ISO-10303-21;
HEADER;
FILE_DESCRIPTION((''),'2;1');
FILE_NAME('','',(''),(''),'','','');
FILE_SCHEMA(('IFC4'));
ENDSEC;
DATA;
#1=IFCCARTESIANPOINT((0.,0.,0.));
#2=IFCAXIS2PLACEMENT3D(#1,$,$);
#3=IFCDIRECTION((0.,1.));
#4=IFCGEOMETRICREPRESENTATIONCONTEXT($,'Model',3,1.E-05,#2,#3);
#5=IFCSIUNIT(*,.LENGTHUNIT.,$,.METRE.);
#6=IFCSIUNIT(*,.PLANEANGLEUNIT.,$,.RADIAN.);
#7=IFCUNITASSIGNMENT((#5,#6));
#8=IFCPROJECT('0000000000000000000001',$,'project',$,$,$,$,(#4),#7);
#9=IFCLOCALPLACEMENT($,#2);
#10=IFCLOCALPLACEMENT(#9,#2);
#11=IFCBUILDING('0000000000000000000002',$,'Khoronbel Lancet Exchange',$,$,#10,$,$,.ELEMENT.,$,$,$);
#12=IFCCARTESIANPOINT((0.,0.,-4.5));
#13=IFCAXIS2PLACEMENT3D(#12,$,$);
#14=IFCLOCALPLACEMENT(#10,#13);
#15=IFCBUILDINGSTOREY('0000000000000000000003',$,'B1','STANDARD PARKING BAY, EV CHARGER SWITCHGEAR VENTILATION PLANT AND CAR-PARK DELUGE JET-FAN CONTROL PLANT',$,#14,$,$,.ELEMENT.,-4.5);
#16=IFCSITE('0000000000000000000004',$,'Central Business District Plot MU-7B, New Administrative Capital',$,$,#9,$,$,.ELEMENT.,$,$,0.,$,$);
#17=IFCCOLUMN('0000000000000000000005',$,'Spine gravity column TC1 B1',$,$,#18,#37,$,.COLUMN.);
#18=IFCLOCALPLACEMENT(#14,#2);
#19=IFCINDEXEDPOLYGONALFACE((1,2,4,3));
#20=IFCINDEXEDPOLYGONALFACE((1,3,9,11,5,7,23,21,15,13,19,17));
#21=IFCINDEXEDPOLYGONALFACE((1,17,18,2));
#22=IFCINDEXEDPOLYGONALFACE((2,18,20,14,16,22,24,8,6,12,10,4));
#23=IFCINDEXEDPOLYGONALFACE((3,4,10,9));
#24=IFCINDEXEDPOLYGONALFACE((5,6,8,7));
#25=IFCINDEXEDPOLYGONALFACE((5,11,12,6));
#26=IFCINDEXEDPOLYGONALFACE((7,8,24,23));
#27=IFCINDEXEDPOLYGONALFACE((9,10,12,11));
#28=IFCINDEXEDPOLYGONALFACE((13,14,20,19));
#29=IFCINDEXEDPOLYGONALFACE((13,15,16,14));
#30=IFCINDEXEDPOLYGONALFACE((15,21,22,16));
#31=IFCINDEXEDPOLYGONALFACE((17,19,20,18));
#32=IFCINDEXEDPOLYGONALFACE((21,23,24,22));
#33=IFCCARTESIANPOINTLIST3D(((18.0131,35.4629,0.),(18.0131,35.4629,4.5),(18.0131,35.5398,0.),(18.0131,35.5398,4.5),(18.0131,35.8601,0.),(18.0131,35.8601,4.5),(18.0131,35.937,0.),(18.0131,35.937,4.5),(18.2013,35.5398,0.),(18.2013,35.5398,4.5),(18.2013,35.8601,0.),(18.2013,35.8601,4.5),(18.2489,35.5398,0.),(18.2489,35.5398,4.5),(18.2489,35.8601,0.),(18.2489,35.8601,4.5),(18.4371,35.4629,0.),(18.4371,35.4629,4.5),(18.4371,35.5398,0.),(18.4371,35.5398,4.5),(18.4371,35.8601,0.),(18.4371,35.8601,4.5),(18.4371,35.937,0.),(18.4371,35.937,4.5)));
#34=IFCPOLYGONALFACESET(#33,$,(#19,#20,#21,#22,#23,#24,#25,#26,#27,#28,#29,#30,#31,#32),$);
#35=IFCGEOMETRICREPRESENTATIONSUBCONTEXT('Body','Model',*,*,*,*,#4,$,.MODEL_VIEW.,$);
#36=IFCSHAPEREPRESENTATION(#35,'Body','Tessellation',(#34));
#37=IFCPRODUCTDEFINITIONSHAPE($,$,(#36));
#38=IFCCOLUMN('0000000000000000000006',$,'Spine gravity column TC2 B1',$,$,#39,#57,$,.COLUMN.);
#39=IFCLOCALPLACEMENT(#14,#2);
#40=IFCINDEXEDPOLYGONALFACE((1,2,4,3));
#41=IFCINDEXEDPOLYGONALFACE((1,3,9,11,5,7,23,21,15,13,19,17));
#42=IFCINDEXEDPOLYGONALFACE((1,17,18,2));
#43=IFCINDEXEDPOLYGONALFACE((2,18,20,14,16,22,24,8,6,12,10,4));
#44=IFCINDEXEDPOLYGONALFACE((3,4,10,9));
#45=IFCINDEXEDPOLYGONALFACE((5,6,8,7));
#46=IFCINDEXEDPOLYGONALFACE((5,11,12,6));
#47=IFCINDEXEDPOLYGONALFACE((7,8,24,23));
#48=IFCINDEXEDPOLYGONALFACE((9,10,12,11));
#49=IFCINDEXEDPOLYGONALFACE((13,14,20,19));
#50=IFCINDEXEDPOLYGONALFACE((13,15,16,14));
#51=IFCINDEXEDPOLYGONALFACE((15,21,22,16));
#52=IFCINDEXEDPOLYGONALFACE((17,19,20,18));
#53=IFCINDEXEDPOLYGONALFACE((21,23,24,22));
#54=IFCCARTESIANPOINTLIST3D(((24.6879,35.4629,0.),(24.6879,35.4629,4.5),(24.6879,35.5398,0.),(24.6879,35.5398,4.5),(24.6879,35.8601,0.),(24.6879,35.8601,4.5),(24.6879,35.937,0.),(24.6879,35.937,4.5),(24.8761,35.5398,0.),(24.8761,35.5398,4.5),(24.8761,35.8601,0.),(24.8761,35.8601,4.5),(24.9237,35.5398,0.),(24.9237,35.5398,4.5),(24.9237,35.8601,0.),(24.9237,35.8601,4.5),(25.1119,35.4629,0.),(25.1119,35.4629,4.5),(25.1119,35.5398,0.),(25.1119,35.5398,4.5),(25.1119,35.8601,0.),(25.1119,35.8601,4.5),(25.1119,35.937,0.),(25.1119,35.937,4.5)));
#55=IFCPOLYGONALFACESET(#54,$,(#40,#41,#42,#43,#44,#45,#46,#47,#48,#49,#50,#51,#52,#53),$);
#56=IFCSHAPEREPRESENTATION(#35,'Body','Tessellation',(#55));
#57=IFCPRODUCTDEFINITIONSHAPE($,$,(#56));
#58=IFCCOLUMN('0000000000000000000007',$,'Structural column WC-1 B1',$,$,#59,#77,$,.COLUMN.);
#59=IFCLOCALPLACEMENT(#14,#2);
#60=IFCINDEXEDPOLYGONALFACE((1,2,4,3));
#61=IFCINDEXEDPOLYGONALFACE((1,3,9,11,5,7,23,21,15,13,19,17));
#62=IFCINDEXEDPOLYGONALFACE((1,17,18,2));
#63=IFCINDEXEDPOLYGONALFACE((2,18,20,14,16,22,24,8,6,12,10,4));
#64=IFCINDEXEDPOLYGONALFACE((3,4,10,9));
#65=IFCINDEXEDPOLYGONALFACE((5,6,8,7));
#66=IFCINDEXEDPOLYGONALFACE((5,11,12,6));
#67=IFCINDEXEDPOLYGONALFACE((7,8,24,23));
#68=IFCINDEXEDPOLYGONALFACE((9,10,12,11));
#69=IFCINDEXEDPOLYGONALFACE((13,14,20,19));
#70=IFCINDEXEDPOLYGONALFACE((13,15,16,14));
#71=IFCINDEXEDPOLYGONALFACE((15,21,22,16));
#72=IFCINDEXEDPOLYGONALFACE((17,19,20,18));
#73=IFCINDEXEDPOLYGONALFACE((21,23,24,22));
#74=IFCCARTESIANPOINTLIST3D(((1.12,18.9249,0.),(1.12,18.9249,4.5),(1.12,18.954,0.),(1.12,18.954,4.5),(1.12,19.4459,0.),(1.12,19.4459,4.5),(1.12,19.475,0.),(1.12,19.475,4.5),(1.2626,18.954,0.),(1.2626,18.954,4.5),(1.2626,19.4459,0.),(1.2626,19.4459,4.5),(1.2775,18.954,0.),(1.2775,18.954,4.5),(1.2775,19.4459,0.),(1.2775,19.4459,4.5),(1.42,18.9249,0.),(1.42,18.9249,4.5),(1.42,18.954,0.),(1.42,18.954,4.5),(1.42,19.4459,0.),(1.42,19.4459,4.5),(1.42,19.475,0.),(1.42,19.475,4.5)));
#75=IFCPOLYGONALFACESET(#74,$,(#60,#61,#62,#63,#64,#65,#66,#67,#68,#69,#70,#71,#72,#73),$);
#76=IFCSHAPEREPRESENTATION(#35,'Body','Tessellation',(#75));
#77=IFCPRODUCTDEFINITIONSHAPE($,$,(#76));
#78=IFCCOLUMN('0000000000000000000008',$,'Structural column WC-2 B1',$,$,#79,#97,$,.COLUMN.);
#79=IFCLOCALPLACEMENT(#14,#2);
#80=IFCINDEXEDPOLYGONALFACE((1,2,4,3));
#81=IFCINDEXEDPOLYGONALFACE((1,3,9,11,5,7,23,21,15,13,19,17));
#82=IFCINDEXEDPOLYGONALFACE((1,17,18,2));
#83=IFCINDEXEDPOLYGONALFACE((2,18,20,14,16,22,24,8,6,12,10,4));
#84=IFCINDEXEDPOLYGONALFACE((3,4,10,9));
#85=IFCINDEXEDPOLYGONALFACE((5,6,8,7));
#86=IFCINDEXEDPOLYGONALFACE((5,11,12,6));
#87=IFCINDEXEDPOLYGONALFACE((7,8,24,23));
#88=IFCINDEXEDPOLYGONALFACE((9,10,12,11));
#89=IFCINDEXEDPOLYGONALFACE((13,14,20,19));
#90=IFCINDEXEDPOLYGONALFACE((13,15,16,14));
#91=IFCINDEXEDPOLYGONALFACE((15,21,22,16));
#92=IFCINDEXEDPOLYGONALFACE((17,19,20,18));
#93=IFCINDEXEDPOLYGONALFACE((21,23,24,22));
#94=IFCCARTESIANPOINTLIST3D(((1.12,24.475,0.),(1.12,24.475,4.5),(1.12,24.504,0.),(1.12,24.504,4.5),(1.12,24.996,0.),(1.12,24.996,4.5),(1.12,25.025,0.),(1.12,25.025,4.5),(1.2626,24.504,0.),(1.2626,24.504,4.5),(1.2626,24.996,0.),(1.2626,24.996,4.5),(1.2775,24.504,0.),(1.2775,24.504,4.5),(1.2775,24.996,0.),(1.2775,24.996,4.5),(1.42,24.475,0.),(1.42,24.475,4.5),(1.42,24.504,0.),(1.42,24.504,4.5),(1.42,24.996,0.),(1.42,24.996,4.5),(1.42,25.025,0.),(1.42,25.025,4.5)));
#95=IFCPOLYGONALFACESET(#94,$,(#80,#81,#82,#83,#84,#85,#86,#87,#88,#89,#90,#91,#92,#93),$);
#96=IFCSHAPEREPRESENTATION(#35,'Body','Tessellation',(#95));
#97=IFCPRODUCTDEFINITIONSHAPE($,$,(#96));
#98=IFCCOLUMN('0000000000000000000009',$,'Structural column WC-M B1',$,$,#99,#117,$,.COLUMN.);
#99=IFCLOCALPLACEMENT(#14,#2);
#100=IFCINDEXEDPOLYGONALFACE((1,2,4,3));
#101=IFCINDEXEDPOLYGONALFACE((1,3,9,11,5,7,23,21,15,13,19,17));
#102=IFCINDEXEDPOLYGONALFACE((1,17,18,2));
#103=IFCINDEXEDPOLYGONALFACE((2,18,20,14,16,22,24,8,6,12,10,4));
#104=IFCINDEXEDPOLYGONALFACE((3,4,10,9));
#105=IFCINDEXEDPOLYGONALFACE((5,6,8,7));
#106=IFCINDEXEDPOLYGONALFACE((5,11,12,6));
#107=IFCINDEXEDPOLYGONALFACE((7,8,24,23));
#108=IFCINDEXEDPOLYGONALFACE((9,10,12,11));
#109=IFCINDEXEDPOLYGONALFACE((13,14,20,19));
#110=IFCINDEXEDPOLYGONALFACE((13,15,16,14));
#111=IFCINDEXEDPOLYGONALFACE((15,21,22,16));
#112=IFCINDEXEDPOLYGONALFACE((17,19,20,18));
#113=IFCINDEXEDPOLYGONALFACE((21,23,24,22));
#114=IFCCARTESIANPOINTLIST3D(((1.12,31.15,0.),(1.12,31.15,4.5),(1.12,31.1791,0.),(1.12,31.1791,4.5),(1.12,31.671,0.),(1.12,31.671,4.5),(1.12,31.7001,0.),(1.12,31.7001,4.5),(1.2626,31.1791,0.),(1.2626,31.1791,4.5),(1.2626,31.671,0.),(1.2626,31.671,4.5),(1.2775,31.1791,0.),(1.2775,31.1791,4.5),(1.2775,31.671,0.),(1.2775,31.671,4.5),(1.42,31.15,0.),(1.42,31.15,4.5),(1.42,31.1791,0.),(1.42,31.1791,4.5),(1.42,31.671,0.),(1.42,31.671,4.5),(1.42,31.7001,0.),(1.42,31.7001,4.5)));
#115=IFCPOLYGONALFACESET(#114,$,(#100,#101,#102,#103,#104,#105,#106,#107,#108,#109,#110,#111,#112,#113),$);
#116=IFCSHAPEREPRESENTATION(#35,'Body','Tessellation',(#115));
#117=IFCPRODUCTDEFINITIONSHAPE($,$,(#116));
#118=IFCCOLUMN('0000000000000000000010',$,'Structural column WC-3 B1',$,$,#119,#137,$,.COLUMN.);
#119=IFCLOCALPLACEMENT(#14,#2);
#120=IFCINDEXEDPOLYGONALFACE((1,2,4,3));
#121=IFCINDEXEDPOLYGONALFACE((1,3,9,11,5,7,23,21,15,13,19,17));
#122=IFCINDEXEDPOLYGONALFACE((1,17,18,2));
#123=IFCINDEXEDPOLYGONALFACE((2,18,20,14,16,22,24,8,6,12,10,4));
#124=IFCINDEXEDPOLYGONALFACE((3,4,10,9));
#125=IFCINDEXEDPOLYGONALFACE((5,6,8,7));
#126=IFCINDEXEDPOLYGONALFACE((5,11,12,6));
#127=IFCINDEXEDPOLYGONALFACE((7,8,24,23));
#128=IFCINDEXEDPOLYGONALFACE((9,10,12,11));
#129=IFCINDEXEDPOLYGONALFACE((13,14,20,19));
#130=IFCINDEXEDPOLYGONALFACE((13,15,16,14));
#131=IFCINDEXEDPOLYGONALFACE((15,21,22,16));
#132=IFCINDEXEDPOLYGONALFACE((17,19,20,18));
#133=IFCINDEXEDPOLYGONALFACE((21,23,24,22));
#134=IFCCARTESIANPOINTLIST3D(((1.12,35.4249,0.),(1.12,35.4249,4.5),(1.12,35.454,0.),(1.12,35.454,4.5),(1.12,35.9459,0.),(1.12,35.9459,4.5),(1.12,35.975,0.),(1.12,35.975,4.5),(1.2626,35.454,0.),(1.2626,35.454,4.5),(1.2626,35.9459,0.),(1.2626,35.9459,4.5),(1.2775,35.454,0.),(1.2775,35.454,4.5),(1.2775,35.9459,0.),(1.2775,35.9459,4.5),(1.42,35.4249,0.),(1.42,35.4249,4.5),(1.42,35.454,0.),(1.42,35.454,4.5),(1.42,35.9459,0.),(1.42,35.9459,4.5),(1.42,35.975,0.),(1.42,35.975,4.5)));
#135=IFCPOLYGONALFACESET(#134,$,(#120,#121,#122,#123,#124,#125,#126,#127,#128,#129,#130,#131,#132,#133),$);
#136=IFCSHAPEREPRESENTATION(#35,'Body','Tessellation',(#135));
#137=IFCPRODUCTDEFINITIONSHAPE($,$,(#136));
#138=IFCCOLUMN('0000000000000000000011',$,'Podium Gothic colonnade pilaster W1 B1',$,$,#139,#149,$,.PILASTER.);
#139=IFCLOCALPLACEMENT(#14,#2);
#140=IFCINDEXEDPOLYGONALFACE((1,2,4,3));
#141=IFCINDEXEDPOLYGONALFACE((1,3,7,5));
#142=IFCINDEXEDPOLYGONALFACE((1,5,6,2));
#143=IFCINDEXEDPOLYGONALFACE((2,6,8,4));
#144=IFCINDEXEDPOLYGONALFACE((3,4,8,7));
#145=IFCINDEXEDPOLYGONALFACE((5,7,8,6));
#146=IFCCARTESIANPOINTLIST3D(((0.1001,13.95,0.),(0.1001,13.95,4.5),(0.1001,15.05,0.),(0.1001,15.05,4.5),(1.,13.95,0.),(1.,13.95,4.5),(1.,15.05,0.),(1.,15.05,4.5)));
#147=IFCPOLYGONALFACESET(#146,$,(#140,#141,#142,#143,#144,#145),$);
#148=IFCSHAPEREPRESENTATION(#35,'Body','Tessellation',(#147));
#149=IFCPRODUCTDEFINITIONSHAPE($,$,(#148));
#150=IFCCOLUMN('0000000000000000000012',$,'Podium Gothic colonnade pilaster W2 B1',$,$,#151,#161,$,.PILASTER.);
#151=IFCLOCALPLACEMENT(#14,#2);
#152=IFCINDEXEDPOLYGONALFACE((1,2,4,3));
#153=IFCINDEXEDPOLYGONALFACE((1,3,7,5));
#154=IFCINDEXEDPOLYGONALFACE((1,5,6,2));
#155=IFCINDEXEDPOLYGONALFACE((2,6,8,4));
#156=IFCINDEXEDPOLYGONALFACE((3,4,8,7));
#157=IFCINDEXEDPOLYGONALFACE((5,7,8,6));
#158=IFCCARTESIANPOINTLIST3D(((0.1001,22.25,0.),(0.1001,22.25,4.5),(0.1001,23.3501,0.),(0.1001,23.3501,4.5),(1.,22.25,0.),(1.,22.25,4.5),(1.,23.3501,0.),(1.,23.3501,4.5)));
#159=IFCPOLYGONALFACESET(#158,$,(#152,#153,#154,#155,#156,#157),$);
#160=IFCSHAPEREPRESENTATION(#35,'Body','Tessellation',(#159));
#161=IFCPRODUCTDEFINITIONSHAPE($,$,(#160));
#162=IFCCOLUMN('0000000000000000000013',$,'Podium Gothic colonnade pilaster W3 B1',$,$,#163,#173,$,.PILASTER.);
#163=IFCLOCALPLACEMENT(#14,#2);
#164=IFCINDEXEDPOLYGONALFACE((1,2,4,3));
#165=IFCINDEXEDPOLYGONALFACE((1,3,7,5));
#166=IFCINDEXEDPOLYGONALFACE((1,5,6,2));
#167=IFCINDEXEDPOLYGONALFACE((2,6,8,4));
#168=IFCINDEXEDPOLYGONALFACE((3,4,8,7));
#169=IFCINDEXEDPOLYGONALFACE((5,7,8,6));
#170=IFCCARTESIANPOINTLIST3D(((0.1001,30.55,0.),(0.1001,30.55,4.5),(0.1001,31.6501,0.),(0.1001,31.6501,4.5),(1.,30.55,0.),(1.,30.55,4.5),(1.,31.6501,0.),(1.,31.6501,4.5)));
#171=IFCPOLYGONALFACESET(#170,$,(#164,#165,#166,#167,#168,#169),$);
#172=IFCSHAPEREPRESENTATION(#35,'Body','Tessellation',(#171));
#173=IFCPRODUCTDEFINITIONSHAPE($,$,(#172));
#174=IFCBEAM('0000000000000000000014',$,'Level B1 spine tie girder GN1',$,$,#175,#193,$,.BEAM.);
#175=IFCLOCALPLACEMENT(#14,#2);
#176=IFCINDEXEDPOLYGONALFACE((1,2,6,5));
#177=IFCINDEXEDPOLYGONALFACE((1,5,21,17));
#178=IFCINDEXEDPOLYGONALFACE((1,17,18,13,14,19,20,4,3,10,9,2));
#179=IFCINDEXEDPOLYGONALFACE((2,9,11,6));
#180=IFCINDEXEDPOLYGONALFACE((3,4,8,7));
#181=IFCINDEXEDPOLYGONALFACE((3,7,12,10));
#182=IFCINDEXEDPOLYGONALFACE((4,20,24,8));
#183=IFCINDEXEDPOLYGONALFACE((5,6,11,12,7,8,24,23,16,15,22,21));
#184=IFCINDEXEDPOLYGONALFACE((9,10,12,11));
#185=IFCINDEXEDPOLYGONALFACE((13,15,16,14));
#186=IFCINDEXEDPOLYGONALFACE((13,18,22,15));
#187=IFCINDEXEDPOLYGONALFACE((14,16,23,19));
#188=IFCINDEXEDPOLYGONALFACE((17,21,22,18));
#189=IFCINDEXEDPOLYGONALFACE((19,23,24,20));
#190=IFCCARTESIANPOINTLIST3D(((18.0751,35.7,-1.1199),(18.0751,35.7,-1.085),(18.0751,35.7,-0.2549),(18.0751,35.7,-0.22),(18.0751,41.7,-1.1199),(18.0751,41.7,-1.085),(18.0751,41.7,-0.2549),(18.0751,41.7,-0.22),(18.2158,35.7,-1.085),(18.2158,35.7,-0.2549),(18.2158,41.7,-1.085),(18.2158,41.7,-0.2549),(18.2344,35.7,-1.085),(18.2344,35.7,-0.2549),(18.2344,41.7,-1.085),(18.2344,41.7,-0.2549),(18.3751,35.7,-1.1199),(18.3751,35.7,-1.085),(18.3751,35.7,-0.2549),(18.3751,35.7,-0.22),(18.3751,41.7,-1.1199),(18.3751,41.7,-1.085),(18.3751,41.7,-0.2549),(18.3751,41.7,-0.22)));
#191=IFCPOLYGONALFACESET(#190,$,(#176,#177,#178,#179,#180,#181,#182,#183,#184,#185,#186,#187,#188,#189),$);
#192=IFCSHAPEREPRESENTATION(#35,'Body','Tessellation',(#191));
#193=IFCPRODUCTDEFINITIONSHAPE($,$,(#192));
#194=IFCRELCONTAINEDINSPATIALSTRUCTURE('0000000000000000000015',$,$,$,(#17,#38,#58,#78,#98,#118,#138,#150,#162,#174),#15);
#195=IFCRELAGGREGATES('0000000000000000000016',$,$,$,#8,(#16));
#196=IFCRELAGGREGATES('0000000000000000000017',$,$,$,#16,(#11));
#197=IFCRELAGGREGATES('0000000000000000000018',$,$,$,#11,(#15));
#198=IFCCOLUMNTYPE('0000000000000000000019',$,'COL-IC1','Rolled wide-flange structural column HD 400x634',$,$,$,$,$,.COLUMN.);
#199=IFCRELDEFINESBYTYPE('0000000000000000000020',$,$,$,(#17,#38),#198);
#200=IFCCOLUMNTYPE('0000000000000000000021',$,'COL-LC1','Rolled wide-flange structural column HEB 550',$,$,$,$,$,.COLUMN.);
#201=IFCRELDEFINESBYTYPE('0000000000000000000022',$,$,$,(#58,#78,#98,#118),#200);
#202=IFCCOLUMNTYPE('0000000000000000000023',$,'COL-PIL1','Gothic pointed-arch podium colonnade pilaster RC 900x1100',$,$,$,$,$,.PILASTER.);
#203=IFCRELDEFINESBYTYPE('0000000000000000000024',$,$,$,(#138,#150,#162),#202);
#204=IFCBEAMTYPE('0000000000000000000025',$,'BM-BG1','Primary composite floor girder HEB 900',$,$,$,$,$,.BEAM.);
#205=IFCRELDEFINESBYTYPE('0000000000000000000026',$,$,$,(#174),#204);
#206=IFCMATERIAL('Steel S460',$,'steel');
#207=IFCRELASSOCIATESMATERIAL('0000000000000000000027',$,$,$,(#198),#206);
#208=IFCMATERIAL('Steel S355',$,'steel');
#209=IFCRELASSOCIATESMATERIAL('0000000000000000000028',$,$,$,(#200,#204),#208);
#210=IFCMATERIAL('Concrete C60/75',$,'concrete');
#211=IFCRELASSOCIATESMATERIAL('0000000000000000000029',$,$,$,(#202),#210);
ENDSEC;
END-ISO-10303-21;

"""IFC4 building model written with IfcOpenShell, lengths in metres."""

from ifc_helpers import new_model, si_unit, direction, frame, origin, origin_2d, place, context, subcontext, project, spatial, rectangle, i_section, extrude, material, material_profile, profile_set, type_object, element, save


model = new_model("IFC4")

# Units and contexts
model_context = context("Model", 3, precision=1e-05, world=origin(), true_north=direction((0.0, 1.0)))
body_context = subcontext(model_context, "Body", "Model", "MODEL_VIEW")
ifc_project = project(units=[si_unit("LENGTHUNIT", "METRE"), si_unit("PLANEANGLEUNIT", "RADIAN")], contexts=[model_context])

# Site, building, storey
site_placement = place(None, origin())
site = spatial("IfcSite", under=ifc_project, at=site_placement, Name="Central Business District Plot MU-7B, New Administrative Capital", CompositionType="ELEMENT", RefElevation=0.0)
building_placement = place(site_placement, origin())
building = spatial("IfcBuilding", under=site, at=building_placement, Name="Khoronbel Lancet Exchange", CompositionType="ELEMENT")
storey_placement = place(building_placement, frame((0.0, 0.0, -4.5)))
storey = spatial("IfcBuildingStorey", under=building, at=storey_placement, Name="B1", Description="STANDARD PARKING BAY, EV CHARGER SWITCHGEAR VENTILATION PLANT AND CAR-PARK DELUGE JET-FAN CONTROL PLANT", CompositionType="ELEMENT", Elevation=-4.5)

# Columns
ifc_material_1 = material(Name="Steel S460", Category="steel")
ifc_material_profile_1 = material_profile(ifc_material_1, i_section(OverallWidth=0.4241, OverallDepth=0.4741, WebThickness=0.0476, FlangeThickness=0.0769, at=origin_2d()), Name="HD 400x634")
ifc_profile_set_1 = profile_set([ifc_material_profile_1], Name="Steel S460")
column_type_1 = type_object("IfcColumnType", Name="COL-IC1", Description="Rolled wide-flange structural column HD 400x634", PredefinedType="COLUMN", material=ifc_profile_set_1)
for number, where, z_axis, x_axis, name in (
    (1, (18.2251, 35.7, 0.0), (0.0, 0.0, 1.0), (1.0, 0.0, 0.0), "Spine gravity column TC1 B1"),
    (2, (24.8999, 35.7, 0.0), (0.0, 0.0, 1.0), (1.0, 0.0, 0.0), "Spine gravity column TC2 B1"),
):
    element("IfcColumn", number, at=place(storey_placement, frame(where, z_axis=z_axis, x_axis=x_axis)), inside=storey, type_object=column_type_1, Name=name, PredefinedType="COLUMN", context=body_context, shape_type="SweptSolid", body=[
        extrude(i_section(OverallWidth=0.4241, OverallDepth=0.4741, WebThickness=0.0476, FlangeThickness=0.0769, at=origin_2d()), origin(), (0.0, 0.0, 1.0), 4.5),
    ])
ifc_material_2 = material(Name="Steel S355", Category="steel")
ifc_material_profile_2 = material_profile(ifc_material_2, i_section(OverallWidth=0.3, OverallDepth=0.55, WebThickness=0.0149, FlangeThickness=0.0291, at=origin_2d()), Name="HEB 550")
ifc_profile_set_2 = profile_set([ifc_material_profile_2], Name="Steel S355")
column_type_2 = type_object("IfcColumnType", Name="COL-LC1", Description="Rolled wide-flange structural column HEB 550", PredefinedType="COLUMN", material=ifc_profile_set_2)
for number, where, z_axis, x_axis, name in (
    (3, (1.27, 19.2, 0.0), (0.0, 0.0, 1.0), (1.0, 0.0, 0.0), "Structural column WC-1 B1"),
    (4, (1.27, 24.75, 0.0), (0.0, 0.0, 1.0), (1.0, 0.0, 0.0), "Structural column WC-2 B1"),
    (5, (1.27, 31.425, 0.0), (0.0, 0.0, 1.0), (1.0, 0.0, 0.0), "Structural column WC-M B1"),
    (6, (1.27, 35.7, 0.0), (0.0, 0.0, 1.0), (1.0, 0.0, 0.0), "Structural column WC-3 B1"),
):
    element("IfcColumn", number, at=place(storey_placement, frame(where, z_axis=z_axis, x_axis=x_axis)), inside=storey, type_object=column_type_2, Name=name, PredefinedType="COLUMN", context=body_context, shape_type="SweptSolid", body=[
        extrude(i_section(OverallWidth=0.3, OverallDepth=0.55, WebThickness=0.0149, FlangeThickness=0.0291, at=origin_2d()), origin(), (0.0, 0.0, 1.0), 4.5),
    ])
ifc_material_3 = material(Name="Concrete C60/75", Category="concrete")
ifc_material_profile_3 = material_profile(ifc_material_3, rectangle(XDim=0.8999, YDim=1.1001, at=origin_2d()), Name="RC 900x1100")
ifc_profile_set_3 = profile_set([ifc_material_profile_3], Name="Concrete C60/75")
column_type_3 = type_object("IfcColumnType", Name="COL-PIL1", Description="Gothic pointed-arch podium colonnade pilaster RC 900x1100", PredefinedType="PILASTER", material=ifc_profile_set_3)
for number, where, z_axis, x_axis, name in (
    (7, (0.55, 14.5, 0.0), (0.0, 0.0, 1.0), (1.0, 0.0, 0.0), "Podium Gothic colonnade pilaster W1 B1"),
    (8, (0.55, 22.8, 0.0), (0.0, 0.0, 1.0), (1.0, 0.0, 0.0), "Podium Gothic colonnade pilaster W2 B1"),
    (9, (0.55, 31.1001, 0.0), (0.0, 0.0, 1.0), (1.0, 0.0, 0.0), "Podium Gothic colonnade pilaster W3 B1"),
):
    element("IfcColumn", number, at=place(storey_placement, frame(where, z_axis=z_axis, x_axis=x_axis)), inside=storey, type_object=column_type_3, Name=name, PredefinedType="PILASTER", context=body_context, shape_type="SweptSolid", body=[
        extrude(rectangle(XDim=0.8999, YDim=1.1001, at=origin_2d()), origin(), (0.0, 0.0, 1.0), 4.5),
    ])

# Beam
ifc_material_profile_4 = material_profile(ifc_material_2, i_section(OverallWidth=0.3, OverallDepth=0.8999, WebThickness=0.0186, FlangeThickness=0.0349, at=origin_2d()), Name="HEB 900")
ifc_profile_set_4 = profile_set([ifc_material_profile_4], Name="Steel S355")
beam_type_1 = type_object("IfcBeamType", Name="BM-BG1", Description="Primary composite floor girder HEB 900", PredefinedType="BEAM", material=ifc_profile_set_4)
for number, where, z_axis, x_axis, name in (
    (10, (18.2251, 35.7, -0.6699), (0.0, 1.0, 0.0), (-1.0, 0.0, 0.0), "Level B1 spine tie girder GN1"),
):
    element("IfcBeam", number, at=place(storey_placement, frame(where, z_axis=z_axis, x_axis=x_axis)), inside=storey, type_object=beam_type_1, Name=name, PredefinedType="BEAM", context=body_context, shape_type="SweptSolid", body=[
        extrude(i_section(OverallWidth=0.3, OverallDepth=0.8999, WebThickness=0.0186, FlangeThickness=0.0349, at=origin_2d()), origin(), (0.0, 0.0, 1.0), 6.0),
    ])

save(model, "model.ifc")
